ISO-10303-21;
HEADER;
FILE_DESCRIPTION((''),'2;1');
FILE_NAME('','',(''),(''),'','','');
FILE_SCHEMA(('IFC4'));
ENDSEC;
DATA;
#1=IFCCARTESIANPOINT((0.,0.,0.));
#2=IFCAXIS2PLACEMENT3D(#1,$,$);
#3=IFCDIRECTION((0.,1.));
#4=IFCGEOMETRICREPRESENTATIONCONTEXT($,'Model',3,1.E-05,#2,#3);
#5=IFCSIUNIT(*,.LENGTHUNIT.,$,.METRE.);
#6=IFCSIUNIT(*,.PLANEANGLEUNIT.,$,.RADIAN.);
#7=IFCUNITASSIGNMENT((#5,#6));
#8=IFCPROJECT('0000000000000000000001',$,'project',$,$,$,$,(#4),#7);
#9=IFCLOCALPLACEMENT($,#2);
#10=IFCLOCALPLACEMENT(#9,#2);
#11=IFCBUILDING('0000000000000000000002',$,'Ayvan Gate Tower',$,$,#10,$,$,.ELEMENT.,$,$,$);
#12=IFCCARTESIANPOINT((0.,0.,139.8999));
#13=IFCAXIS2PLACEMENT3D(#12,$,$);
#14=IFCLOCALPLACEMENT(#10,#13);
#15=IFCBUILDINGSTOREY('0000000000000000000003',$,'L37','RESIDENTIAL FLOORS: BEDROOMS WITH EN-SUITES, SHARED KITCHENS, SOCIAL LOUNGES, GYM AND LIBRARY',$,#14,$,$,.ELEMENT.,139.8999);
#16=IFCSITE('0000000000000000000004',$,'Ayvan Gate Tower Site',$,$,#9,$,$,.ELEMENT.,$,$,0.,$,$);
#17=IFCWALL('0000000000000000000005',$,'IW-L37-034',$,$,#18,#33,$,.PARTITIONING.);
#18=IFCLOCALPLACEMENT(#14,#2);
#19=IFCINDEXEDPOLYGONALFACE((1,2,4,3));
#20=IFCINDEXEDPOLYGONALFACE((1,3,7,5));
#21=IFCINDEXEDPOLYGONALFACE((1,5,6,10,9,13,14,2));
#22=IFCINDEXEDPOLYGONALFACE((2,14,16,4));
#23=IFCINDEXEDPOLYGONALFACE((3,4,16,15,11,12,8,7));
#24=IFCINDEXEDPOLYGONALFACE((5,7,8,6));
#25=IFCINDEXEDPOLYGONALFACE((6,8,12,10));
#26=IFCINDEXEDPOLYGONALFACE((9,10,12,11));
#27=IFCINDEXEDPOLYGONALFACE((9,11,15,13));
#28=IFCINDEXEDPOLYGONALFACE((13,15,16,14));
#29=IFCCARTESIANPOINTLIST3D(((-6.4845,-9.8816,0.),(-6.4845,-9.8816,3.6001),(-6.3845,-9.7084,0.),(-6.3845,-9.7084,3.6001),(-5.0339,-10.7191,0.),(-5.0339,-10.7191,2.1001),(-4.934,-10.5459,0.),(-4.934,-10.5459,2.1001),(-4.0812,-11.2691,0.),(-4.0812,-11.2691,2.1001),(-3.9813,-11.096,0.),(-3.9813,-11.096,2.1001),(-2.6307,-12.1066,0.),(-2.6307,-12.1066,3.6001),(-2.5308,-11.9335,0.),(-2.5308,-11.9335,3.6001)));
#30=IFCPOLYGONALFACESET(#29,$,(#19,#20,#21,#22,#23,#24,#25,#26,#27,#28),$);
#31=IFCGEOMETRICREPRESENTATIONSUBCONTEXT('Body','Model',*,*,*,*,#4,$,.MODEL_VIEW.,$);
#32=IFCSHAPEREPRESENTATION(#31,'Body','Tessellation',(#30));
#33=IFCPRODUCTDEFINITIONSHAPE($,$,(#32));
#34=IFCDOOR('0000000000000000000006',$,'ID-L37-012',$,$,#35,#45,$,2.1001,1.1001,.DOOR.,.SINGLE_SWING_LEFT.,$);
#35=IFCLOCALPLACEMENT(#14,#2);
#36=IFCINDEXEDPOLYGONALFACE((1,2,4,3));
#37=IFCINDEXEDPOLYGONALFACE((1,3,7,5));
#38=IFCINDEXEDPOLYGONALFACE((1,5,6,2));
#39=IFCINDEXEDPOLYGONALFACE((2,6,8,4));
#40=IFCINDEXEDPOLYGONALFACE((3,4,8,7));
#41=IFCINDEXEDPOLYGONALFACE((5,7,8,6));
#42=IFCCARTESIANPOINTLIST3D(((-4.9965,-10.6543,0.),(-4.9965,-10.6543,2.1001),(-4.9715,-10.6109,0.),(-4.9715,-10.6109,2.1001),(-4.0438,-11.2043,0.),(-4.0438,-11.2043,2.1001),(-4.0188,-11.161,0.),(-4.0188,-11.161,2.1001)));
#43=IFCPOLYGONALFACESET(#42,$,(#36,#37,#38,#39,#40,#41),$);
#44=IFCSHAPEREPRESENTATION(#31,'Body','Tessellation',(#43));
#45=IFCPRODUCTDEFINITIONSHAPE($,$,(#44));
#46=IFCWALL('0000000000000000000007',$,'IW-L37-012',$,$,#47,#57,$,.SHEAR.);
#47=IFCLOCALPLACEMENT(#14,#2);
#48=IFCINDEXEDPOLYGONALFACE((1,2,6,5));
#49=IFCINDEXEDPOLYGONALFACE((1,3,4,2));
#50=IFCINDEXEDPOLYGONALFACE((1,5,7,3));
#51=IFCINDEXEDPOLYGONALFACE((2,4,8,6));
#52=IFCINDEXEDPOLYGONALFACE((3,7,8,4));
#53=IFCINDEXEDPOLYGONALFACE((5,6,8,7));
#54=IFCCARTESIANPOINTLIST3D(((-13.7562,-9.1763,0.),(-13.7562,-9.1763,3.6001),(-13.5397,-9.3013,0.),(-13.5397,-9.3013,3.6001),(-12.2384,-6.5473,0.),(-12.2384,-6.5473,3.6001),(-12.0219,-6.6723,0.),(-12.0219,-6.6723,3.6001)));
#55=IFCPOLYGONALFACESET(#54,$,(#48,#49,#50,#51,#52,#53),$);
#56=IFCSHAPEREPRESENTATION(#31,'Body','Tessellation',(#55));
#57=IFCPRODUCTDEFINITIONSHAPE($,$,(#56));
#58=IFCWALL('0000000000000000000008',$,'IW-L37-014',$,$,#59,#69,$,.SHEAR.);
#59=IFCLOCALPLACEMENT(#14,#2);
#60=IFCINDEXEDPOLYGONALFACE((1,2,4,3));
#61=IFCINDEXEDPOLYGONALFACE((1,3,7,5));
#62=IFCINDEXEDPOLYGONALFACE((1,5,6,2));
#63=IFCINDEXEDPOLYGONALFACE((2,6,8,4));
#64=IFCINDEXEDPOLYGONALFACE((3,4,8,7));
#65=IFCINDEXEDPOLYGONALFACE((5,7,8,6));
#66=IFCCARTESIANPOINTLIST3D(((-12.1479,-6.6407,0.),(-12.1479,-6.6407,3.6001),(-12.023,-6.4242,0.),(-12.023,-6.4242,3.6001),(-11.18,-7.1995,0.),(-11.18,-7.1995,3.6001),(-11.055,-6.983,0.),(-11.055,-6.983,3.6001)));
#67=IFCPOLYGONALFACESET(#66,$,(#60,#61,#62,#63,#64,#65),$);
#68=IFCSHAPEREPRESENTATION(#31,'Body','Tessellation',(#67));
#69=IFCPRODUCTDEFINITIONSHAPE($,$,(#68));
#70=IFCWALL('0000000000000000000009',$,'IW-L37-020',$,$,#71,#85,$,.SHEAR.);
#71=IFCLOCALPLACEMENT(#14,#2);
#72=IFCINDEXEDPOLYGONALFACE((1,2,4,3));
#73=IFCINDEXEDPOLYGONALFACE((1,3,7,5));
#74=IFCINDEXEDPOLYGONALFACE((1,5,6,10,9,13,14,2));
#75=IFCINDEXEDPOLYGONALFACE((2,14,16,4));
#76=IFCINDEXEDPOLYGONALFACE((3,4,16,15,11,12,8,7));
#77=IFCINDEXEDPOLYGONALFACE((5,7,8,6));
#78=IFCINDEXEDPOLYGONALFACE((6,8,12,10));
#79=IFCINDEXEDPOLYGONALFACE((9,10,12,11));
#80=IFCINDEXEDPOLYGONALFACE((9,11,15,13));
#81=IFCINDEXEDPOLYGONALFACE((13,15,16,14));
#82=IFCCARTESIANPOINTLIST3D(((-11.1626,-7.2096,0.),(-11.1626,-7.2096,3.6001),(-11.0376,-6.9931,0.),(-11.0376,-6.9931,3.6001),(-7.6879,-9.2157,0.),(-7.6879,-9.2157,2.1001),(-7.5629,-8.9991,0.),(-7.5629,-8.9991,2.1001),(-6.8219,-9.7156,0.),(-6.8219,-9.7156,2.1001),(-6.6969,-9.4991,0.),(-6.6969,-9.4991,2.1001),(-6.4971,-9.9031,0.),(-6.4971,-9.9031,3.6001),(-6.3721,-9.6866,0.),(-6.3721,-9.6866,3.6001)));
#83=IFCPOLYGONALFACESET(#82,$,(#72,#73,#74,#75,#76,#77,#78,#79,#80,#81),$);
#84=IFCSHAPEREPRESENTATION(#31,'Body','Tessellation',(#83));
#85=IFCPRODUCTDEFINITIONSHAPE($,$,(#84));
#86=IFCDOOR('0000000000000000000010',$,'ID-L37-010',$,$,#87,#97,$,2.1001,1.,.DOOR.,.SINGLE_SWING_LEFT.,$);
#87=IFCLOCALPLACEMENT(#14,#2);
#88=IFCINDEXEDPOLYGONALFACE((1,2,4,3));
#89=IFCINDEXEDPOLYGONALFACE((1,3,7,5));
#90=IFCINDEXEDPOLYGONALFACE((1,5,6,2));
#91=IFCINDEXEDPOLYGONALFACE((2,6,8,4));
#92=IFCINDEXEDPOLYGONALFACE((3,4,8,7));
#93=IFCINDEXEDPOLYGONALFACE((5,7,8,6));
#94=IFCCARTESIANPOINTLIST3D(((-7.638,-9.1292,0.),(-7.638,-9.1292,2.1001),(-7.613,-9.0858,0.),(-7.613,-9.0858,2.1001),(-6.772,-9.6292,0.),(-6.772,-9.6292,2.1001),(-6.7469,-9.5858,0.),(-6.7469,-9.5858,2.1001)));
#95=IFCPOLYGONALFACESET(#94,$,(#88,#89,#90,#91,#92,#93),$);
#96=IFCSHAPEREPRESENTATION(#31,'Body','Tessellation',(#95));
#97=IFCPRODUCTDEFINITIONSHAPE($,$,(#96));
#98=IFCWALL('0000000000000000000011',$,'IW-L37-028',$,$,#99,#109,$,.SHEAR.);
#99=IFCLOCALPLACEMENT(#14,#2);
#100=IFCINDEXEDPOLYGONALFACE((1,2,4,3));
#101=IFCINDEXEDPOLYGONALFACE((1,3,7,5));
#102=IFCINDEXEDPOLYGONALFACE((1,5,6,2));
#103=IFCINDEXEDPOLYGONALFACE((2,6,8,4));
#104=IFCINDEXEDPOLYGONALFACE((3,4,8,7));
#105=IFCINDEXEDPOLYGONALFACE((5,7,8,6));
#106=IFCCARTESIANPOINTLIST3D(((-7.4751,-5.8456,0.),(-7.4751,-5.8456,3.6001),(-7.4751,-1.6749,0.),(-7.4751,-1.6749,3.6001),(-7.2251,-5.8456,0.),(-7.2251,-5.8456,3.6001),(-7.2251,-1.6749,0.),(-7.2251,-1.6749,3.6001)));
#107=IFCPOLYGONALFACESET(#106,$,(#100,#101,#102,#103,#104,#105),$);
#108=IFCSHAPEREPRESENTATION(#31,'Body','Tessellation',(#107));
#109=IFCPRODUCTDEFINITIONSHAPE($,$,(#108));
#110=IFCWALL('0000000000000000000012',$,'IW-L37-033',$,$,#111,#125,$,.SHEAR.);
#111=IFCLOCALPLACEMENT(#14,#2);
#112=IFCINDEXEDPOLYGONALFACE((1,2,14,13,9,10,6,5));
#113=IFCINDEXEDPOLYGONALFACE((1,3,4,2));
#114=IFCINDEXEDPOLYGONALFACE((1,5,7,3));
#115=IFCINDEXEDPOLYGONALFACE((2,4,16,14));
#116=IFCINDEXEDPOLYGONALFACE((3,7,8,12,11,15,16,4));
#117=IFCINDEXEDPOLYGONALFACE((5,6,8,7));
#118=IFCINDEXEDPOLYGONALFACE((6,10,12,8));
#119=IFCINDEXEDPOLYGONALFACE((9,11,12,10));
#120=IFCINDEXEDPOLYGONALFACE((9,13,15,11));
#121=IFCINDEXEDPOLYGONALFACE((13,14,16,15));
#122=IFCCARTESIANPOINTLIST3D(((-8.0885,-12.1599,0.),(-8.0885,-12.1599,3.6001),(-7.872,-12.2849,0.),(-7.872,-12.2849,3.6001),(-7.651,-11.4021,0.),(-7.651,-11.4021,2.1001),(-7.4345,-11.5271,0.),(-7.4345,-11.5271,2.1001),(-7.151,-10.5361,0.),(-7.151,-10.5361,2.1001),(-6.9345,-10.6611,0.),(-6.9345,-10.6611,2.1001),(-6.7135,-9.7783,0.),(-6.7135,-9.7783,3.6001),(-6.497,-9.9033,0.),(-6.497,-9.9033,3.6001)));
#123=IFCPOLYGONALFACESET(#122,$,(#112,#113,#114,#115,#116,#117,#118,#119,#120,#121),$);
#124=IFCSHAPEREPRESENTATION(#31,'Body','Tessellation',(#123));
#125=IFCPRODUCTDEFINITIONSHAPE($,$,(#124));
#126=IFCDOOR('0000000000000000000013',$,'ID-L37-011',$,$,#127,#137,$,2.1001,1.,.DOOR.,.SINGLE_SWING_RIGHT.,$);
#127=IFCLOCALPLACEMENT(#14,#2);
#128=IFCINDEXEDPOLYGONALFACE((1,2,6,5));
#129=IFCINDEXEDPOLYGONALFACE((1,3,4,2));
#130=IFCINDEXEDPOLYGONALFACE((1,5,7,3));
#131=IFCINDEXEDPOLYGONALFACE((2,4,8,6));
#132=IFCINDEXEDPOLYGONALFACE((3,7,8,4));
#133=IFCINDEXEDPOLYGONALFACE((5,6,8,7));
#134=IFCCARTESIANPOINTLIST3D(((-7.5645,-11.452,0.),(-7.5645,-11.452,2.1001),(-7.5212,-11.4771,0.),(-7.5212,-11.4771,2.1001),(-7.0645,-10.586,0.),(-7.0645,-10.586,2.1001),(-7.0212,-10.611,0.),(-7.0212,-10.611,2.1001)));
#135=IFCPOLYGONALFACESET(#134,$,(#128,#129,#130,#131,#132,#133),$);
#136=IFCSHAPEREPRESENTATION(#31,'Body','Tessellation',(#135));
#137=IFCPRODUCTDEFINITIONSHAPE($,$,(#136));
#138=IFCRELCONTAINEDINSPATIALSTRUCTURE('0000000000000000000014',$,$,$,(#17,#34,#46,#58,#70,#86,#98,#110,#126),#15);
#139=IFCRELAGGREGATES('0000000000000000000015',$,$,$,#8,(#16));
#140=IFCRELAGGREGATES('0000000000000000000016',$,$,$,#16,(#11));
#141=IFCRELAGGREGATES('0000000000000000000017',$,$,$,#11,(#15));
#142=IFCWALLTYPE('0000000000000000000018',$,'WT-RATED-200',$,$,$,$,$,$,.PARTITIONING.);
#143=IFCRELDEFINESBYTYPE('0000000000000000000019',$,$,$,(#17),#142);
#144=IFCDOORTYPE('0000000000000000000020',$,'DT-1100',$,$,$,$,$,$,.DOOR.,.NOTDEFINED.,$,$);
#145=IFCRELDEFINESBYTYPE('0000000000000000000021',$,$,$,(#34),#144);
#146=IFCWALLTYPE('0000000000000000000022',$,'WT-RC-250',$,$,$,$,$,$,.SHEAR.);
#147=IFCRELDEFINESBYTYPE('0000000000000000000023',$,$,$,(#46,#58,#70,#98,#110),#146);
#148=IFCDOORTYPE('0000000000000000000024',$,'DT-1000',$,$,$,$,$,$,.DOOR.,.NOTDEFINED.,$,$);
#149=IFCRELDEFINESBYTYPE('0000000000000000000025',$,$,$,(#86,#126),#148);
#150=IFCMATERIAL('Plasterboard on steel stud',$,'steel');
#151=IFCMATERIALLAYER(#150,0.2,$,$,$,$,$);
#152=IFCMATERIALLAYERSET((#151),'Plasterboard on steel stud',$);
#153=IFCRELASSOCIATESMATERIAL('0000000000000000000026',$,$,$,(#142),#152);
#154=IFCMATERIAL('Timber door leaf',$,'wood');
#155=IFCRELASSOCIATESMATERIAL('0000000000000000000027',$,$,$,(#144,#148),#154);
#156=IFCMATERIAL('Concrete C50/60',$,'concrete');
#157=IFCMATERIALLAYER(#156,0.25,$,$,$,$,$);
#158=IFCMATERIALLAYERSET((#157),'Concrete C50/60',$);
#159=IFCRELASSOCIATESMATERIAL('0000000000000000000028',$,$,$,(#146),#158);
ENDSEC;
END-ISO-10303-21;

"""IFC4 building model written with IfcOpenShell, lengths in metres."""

from ifc_helpers import new_model, si_unit, direction, frame, frame_2d, origin, place, context, subcontext, project, spatial, rectangle, extrude, material, layer, layer_set, type_object, element, fill, save


model = new_model("IFC4")

# Units and contexts
model_context = context("Model", 3, precision=1e-05, world=origin(), true_north=direction((0.0, 1.0)))
body_context = subcontext(model_context, "Body", "Model", "MODEL_VIEW")
ifc_project = project(units=[si_unit("LENGTHUNIT", "METRE"), si_unit("PLANEANGLEUNIT", "RADIAN")], contexts=[model_context])

# Site, building, storey
site_placement = place(None, origin())
site = spatial("IfcSite", under=ifc_project, at=site_placement, Name="Ayvan Gate Tower Site", CompositionType="ELEMENT", RefElevation=0.0)
building_placement = place(site_placement, origin())
building = spatial("IfcBuilding", under=site, at=building_placement, Name="Ayvan Gate Tower", CompositionType="ELEMENT")
storey_placement = place(building_placement, frame((0.0, 0.0, 139.8999)))
storey = spatial("IfcBuildingStorey", under=building, at=storey_placement, Name="L37", Description="RESIDENTIAL FLOORS: BEDROOMS WITH EN-SUITES, SHARED KITCHENS, SOCIAL LOUNGES, GYM AND LIBRARY", CompositionType="ELEMENT", Elevation=139.8999)

# Wall, opening, door
ifc_material_1 = material(Name="Plasterboard on steel stud", Category="steel")
ifc_layer_1 = layer(ifc_material_1, 0.2)
ifc_layer_set_1 = layer_set([ifc_layer_1], Name="Plasterboard on steel stud")
wall_type_1 = type_object("IfcWallType", Name="WT-RATED-200", PredefinedType="PARTITIONING", material=ifc_layer_set_1)
wall_1_placement = place(storey_placement, frame((-6.4346, -9.7949, 0.0), z_axis=(0.0, 0.0, 1.0), x_axis=(0.866013, -0.500022, 0.0)))
wall_1 = element("IfcWall", 1, at=wall_1_placement, inside=storey, type_object=wall_type_1, Name="IW-L37-034", PredefinedType="PARTITIONING", context=body_context, shape_type="SweptSolid", body=[
    extrude(rectangle(XDim=4.45, YDim=0.2, at=frame_2d((2.2251, 0.0))), origin(), (0.0, 0.0, 1.0), 3.6001),
])
opening_1_placement = place(wall_1_placement, frame((1.675, 0.0, 0.0)))
opening_1 = element("IfcOpeningElement", 2, at=opening_1_placement, cuts=wall_1, PredefinedType="OPENING", context=body_context, shape_type="SweptSolid", body=[
    extrude(rectangle(XDim=1.1001, YDim=2.1001, at=frame_2d((0.55, 1.05))), frame((0.0, 0.1099, 0.0), z_axis=(0.0, -1.0, 0.0), x_axis=(1.0, 0.0, 0.0)), (0.0, 0.0, 1.0), 0.22),
])
ifc_material_2 = material(Name="Timber door leaf", Category="wood")
door_type_1 = type_object("IfcDoorType", Name="DT-1100", OperationType="NOTDEFINED", PredefinedType="DOOR", material=ifc_material_2)
door_1_placement = place(opening_1_placement, origin())
door_1 = element("IfcDoor", 3, at=door_1_placement, inside=storey, type_object=door_type_1, Name="ID-L37-012", OperationType="SINGLE_SWING_LEFT", OverallHeight=2.1001, OverallWidth=1.1001, PredefinedType="DOOR", context=body_context, shape_type="SweptSolid", body=[
    extrude(rectangle(XDim=1.1001, YDim=2.1001, at=frame_2d((0.55, 1.05))), frame((0.0, 0.0249, 0.0), z_axis=(0.0, -1.0, 0.0), x_axis=(1.0, 0.0, 0.0)), (0.0, 0.0, 1.0), 0.05),
])
fill(opening_1, door_1)

# Walls
ifc_material_3 = material(Name="Concrete C50/60", Category="concrete")
ifc_layer_2 = layer(ifc_material_3, 0.25)
ifc_layer_set_2 = layer_set([ifc_layer_2], Name="Concrete C50/60")
wall_type_2 = type_object("IfcWallType", Name="WT-RC-250", PredefinedType="SHEAR", material=ifc_layer_set_2)
wall_2_placement = place(storey_placement, frame((-13.6479, -9.2388, 0.0), z_axis=(0.0, 0.0, 1.0), x_axis=(0.500006, 0.866022, 0.0)))
element("IfcWall", 4, at=wall_2_placement, inside=storey, type_object=wall_type_2, Name="IW-L37-012", PredefinedType="SHEAR", context=body_context, shape_type="SweptSolid", body=[
    extrude(rectangle(XDim=3.0356, YDim=0.25, at=frame_2d((1.5178, 0.0))), origin(), (0.0, 0.0, 1.0), 3.6001),
])
wall_3_placement = place(storey_placement, frame((-12.0854, -6.5325, 0.0), z_axis=(0.0, 0.0, 1.0), x_axis=(0.866044, -0.499968, 0.0)))
element("IfcWall", 5, at=wall_3_placement, inside=storey, type_object=wall_type_2, Name="IW-L37-014", PredefinedType="SHEAR", context=body_context, shape_type="SweptSolid", body=[
    extrude(rectangle(XDim=1.1177, YDim=0.25, at=frame_2d((0.5588, 0.0))), origin(), (0.0, 0.0, 1.0), 3.6001),
])

# Wall, opening, door
wall_4_placement = place(storey_placement, frame((-11.1001, -7.1013, 0.0), z_axis=(0.0, 0.0, 1.0), x_axis=(0.866029, -0.499994, 0.0)))
wall_4 = element("IfcWall", 6, at=wall_4_placement, inside=storey, type_object=wall_type_2, Name="IW-L37-020", PredefinedType="SHEAR", context=body_context, shape_type="SweptSolid", body=[
    extrude(rectangle(XDim=5.3872, YDim=0.25, at=frame_2d((2.6936, 0.0))), origin(), (0.0, 0.0, 1.0), 3.6001),
])
opening_2_placement = place(wall_4_placement, frame((4.0122, 0.0, 0.0)))
opening_2 = element("IfcOpeningElement", 7, at=opening_2_placement, cuts=wall_4, PredefinedType="OPENING", context=body_context, shape_type="SweptSolid", body=[
    extrude(rectangle(XDim=1.0, YDim=2.1001, at=frame_2d((0.5, 1.05))), frame((0.0, 0.135, 0.0), z_axis=(0.0, -1.0, 0.0), x_axis=(1.0, 0.0, 0.0)), (0.0, 0.0, 1.0), 0.27),
])
door_type_2 = type_object("IfcDoorType", Name="DT-1000", OperationType="NOTDEFINED", PredefinedType="DOOR", material=ifc_material_2)
door_2_placement = place(opening_2_placement, origin())
door_2 = element("IfcDoor", 8, at=door_2_placement, inside=storey, type_object=door_type_2, Name="ID-L37-010", OperationType="SINGLE_SWING_LEFT", OverallHeight=2.1001, OverallWidth=1.0, PredefinedType="DOOR", context=body_context, shape_type="SweptSolid", body=[
    extrude(rectangle(XDim=1.0, YDim=2.1001, at=frame_2d((0.5, 1.05))), frame((0.0, 0.0249, 0.0), z_axis=(0.0, -1.0, 0.0), x_axis=(1.0, 0.0, 0.0)), (0.0, 0.0, 1.0), 0.05),
])
fill(opening_2, door_2)

# Wall
wall_5_placement = place(storey_placement, frame((-7.3501, -5.8457, 0.0), z_axis=(0.0, 0.0, 1.0), x_axis=(0.0, 1.0, 0.0)))
element("IfcWall", 9, at=wall_5_placement, inside=storey, type_object=wall_type_2, Name="IW-L37-028", PredefinedType="SHEAR", context=body_context, shape_type="SweptSolid", body=[
    extrude(rectangle(XDim=4.1707, YDim=0.25, at=frame_2d((2.0854, 0.0))), origin(), (0.0, 0.0, 1.0), 3.6001),
])

# Wall, opening, door
wall_6_placement = place(storey_placement, frame((-6.6052, -9.8408, 0.0), z_axis=(0.0, 0.0, 1.0), x_axis=(-0.499997, -0.866027, 0.0)))
wall_6 = element("IfcWall", 10, at=wall_6_placement, inside=storey, type_object=wall_type_2, Name="IW-L37-033", PredefinedType="SHEAR", context=body_context, shape_type="SweptSolid", body=[
    extrude(rectangle(XDim=2.75, YDim=0.25, at=frame_2d((1.375, 0.0))), origin(), (0.0, 0.0, 1.0), 3.6001),
])
opening_3_placement = place(wall_6_placement, frame((0.875, 0.0, 0.0)))
opening_3 = element("IfcOpeningElement", 11, at=opening_3_placement, cuts=wall_6, PredefinedType="OPENING", context=body_context, shape_type="SweptSolid", body=[
    extrude(rectangle(XDim=1.0, YDim=2.1001, at=frame_2d((0.5, 1.05))), frame((0.0, 0.135, 0.0), z_axis=(0.0, -1.0, 0.0), x_axis=(1.0, 0.0, 0.0)), (0.0, 0.0, 1.0), 0.27),
])
door_3_placement = place(opening_3_placement, origin())
door_3 = element("IfcDoor", 12, at=door_3_placement, inside=storey, type_object=door_type_2, Name="ID-L37-011", OperationType="SINGLE_SWING_RIGHT", OverallHeight=2.1001, OverallWidth=1.0, PredefinedType="DOOR", context=body_context, shape_type="SweptSolid", body=[
    extrude(rectangle(XDim=1.0, YDim=2.1001, at=frame_2d((0.5, 1.05))), frame((0.0, 0.0249, 0.0), z_axis=(0.0, -1.0, 0.0), x_axis=(1.0, 0.0, 0.0)), (0.0, 0.0, 1.0), 0.05),
])
fill(opening_3, door_3)

save(model, "model.ifc")
